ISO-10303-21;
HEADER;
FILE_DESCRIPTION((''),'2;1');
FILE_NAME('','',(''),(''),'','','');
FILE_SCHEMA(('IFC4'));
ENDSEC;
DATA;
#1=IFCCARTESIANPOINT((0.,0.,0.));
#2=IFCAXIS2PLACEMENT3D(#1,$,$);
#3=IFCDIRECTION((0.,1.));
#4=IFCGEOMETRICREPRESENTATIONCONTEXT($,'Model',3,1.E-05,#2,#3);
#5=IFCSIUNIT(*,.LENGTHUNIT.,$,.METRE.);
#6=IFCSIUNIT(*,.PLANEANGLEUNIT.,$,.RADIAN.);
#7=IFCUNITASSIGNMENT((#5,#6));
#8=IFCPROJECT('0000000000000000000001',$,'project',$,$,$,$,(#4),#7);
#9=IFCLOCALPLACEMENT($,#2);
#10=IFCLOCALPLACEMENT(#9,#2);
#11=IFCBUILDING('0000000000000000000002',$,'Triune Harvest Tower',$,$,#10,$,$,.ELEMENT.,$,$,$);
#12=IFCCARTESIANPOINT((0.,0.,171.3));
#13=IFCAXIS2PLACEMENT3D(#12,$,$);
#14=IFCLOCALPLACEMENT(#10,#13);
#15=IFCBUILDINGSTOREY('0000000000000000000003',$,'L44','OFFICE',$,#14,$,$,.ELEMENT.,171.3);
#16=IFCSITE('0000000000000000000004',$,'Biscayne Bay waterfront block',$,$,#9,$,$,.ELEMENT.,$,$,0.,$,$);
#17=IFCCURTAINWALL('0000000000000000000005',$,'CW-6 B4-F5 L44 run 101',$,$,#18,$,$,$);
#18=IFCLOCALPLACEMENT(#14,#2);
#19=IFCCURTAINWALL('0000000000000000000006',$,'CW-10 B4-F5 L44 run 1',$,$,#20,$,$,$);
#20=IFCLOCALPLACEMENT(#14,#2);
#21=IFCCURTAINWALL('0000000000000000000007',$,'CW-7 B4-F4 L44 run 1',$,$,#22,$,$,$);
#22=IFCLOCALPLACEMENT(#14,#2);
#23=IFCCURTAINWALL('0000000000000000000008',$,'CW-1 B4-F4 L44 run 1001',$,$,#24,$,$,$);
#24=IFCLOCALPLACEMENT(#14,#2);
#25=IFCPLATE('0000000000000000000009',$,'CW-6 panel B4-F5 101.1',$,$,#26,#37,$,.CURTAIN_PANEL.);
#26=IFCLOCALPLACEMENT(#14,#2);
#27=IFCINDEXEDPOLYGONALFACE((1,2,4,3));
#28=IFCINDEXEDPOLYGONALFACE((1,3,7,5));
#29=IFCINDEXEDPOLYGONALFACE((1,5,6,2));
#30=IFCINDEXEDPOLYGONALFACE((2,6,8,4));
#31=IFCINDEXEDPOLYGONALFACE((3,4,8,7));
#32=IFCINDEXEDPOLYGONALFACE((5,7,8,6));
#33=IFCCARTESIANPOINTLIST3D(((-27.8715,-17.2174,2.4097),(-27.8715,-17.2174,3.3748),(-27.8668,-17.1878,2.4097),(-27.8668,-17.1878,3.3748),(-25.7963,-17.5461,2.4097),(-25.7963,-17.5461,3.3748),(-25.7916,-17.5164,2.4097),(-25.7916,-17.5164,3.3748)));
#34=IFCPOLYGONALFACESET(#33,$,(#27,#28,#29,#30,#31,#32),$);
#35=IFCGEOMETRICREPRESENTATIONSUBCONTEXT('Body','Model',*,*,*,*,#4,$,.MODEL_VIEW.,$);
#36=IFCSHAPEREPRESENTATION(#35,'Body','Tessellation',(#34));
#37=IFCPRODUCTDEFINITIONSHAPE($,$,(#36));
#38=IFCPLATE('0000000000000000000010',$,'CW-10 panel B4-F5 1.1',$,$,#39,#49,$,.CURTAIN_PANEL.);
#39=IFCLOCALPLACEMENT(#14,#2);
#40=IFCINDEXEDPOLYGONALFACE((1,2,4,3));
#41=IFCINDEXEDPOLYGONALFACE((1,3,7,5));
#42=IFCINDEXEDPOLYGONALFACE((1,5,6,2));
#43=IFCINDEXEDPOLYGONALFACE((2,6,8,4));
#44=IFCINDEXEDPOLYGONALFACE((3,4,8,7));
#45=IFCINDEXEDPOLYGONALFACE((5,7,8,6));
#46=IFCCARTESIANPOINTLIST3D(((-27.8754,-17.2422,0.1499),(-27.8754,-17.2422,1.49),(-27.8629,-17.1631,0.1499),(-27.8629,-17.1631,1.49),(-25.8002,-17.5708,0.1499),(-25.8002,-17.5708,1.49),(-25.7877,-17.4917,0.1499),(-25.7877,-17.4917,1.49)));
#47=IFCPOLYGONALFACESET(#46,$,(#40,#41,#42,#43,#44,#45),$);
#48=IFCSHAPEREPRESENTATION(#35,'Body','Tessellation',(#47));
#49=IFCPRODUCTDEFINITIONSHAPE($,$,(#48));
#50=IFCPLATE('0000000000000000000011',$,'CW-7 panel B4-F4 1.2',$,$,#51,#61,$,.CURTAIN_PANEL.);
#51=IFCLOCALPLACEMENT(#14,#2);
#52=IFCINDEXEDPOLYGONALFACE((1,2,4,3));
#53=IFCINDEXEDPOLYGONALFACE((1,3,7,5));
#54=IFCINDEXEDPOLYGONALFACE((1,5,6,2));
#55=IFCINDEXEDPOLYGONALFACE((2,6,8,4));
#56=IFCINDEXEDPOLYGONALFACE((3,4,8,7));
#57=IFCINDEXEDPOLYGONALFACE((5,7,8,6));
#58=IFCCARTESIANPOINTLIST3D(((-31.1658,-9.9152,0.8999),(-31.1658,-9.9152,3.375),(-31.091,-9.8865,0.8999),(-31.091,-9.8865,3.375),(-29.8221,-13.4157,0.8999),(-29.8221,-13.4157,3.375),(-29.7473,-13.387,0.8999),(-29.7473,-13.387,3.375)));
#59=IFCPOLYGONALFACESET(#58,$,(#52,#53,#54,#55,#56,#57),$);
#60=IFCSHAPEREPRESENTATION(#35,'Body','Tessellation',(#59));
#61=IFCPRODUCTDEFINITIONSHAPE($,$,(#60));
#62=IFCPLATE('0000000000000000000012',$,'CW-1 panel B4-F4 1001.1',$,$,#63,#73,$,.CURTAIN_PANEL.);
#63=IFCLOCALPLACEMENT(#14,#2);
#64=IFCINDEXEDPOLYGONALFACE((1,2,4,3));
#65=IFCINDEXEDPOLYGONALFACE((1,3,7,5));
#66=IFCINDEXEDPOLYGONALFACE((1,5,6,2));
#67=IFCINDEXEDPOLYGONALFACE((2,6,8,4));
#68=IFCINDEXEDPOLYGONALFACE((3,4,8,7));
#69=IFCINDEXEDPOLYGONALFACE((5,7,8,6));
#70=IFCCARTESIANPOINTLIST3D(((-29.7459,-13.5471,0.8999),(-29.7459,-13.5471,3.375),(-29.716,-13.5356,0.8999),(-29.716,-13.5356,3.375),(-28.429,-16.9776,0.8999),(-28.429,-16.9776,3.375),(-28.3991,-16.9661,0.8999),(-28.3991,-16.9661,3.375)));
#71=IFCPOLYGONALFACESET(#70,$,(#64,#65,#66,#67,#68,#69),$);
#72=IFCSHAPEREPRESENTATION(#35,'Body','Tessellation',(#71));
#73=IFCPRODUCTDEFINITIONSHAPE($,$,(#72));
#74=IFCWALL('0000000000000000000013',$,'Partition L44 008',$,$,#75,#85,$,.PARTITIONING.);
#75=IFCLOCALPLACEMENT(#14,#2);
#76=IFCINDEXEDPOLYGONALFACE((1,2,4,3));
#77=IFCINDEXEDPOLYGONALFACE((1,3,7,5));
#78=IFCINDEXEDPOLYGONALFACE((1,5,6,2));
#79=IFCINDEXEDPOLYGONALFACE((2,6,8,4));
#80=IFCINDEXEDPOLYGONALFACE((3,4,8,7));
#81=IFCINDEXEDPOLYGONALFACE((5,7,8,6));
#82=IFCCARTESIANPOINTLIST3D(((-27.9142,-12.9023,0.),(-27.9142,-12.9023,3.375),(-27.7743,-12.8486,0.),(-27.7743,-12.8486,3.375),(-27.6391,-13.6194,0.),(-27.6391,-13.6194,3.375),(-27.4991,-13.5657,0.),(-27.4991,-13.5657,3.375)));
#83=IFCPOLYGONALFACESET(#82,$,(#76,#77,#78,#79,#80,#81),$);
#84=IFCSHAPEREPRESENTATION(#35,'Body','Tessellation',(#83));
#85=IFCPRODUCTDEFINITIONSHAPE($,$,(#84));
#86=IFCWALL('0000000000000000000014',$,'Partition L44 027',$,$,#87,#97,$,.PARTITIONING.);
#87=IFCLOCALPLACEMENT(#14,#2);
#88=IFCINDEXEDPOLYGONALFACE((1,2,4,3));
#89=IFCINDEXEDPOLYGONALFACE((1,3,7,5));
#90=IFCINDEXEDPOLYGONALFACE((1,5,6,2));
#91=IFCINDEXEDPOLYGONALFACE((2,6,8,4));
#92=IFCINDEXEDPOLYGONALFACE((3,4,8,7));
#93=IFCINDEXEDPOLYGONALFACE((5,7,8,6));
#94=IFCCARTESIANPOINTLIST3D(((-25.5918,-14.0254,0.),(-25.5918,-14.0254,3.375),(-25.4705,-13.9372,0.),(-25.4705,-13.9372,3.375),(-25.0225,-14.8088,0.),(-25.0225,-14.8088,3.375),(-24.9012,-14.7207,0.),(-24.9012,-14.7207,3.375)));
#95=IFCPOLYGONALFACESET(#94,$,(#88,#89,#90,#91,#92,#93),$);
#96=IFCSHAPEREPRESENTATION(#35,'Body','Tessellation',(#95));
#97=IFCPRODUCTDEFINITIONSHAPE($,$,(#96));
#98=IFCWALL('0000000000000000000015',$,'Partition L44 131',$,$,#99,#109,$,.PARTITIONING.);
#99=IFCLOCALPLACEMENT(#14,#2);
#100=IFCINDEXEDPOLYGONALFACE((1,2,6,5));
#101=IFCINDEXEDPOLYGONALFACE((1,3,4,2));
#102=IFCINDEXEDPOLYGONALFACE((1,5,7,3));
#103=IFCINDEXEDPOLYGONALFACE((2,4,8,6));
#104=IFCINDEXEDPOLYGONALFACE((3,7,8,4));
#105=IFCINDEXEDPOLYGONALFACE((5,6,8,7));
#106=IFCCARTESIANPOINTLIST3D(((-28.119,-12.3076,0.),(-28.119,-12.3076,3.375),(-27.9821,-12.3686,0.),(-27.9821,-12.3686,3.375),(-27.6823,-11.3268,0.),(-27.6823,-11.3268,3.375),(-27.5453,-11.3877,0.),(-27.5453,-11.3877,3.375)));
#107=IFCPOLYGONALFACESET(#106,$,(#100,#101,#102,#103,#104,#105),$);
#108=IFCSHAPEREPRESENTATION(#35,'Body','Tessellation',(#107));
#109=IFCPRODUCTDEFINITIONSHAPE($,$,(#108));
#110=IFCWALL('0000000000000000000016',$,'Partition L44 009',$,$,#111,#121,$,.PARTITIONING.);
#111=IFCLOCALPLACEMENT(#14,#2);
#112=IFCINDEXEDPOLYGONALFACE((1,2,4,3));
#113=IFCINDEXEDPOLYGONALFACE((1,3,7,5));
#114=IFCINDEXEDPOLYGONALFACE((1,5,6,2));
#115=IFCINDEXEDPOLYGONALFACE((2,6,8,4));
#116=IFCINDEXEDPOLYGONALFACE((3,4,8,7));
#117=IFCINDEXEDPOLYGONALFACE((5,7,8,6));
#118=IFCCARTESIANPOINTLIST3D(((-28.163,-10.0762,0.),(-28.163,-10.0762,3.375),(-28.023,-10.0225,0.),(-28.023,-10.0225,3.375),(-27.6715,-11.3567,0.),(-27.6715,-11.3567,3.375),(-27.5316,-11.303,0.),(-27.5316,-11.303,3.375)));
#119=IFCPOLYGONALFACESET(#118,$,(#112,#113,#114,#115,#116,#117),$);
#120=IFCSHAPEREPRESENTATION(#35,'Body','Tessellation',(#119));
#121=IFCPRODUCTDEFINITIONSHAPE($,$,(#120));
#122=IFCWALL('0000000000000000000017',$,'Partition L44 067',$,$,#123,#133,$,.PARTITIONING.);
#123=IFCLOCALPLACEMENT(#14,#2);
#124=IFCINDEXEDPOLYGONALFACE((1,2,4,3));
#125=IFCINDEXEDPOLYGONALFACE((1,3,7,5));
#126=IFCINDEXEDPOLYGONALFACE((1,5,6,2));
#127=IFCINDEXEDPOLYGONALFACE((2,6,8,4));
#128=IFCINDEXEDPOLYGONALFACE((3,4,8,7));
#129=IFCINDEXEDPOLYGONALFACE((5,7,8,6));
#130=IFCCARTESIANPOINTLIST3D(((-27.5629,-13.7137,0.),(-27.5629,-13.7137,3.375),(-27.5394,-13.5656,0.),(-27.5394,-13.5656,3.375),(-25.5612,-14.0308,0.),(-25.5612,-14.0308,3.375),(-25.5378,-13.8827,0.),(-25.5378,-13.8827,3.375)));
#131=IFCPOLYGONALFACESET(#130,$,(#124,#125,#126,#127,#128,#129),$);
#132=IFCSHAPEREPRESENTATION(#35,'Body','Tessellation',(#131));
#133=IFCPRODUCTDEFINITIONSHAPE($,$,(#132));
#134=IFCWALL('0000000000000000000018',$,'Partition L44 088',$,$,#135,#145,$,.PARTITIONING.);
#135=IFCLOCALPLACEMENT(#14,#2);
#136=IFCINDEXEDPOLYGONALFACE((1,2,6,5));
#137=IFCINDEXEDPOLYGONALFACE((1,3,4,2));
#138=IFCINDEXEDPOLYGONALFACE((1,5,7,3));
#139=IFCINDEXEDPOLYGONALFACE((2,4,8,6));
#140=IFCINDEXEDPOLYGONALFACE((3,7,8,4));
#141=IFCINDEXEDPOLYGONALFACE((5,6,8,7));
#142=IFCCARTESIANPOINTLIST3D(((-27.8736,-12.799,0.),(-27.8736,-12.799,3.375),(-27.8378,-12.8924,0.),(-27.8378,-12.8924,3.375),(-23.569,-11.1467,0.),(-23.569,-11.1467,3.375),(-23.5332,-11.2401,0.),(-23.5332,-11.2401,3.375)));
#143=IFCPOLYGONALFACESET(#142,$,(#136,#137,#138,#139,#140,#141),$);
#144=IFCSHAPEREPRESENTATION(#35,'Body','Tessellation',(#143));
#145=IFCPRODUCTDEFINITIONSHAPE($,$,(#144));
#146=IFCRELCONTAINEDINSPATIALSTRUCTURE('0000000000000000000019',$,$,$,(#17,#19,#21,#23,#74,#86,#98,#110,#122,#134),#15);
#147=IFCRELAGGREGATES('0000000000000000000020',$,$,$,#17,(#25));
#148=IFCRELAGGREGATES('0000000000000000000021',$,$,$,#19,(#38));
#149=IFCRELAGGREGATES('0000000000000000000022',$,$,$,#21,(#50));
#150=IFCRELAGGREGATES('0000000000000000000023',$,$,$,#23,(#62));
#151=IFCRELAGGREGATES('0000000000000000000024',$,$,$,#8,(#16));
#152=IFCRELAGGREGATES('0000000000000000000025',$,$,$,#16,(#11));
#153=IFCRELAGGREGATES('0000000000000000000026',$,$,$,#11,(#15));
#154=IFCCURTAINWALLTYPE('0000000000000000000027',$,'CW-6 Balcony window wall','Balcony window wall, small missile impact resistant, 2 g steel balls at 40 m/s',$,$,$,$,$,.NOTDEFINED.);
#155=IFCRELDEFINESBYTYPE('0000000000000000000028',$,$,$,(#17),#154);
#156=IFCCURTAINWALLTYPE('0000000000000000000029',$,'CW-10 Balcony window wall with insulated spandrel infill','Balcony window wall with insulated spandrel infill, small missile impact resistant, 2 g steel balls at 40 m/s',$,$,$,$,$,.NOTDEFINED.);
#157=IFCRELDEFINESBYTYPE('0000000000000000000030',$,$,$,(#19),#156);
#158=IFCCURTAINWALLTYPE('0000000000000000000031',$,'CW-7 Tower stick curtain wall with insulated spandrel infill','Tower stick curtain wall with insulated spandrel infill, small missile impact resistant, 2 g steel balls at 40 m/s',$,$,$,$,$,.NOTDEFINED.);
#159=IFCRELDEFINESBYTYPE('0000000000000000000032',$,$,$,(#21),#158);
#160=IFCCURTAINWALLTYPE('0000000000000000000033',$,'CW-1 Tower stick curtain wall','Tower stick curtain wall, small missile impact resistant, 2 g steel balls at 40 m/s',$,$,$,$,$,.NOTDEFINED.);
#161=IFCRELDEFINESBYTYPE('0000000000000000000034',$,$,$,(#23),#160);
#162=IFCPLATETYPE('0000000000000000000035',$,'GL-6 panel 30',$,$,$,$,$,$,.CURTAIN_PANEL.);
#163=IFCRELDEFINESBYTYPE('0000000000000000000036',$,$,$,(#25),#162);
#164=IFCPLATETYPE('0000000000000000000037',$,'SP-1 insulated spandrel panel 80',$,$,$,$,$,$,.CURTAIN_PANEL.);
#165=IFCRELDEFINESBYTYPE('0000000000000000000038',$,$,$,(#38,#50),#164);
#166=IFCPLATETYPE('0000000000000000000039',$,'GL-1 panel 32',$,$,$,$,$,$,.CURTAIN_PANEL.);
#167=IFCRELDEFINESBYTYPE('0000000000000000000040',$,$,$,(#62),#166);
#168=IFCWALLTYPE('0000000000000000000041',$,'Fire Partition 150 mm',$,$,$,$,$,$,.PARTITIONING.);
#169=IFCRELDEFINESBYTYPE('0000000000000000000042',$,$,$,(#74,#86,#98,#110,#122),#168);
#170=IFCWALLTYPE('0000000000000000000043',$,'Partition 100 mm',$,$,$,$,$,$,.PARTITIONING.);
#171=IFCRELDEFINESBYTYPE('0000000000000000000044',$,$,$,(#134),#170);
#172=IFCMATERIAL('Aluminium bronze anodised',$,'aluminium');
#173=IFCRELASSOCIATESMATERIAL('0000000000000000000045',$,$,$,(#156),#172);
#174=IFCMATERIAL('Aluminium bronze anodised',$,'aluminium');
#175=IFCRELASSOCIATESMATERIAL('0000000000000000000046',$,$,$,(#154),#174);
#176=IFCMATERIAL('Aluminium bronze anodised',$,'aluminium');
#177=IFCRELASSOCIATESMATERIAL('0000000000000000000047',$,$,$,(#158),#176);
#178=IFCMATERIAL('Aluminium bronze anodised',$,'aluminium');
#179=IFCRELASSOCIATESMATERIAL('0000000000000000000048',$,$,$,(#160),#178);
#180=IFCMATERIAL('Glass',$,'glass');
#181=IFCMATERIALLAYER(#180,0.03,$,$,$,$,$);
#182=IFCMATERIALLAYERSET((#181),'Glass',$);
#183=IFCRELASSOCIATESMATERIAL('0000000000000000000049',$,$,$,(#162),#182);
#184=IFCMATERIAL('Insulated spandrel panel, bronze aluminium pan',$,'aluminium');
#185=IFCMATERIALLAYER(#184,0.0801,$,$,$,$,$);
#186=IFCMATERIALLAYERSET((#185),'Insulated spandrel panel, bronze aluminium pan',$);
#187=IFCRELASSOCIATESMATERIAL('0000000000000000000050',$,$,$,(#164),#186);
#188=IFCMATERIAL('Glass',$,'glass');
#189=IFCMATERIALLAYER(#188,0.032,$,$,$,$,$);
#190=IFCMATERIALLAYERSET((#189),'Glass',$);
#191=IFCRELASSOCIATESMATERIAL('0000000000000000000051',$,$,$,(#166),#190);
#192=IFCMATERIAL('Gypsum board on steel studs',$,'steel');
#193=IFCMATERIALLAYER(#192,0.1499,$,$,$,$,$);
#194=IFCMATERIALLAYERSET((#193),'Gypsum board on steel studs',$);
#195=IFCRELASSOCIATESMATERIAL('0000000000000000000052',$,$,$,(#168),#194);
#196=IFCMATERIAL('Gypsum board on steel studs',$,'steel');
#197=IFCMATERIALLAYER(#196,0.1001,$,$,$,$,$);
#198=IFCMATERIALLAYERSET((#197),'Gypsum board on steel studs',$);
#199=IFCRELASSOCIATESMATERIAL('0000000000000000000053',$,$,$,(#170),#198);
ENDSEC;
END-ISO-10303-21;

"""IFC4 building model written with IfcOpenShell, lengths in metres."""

from ifc_helpers import new_model, si_unit, direction, frame, frame_2d, origin, origin_2d, place, context, subcontext, project, spatial, rectangle, extrude, source, transform, mapped, material, layer, layer_set, type_object, element, aggregate, save


model = new_model("IFC4")

# Units and contexts
model_context = context("Model", 3, precision=1e-05, world=origin(), true_north=direction((0.0, 1.0)))
body_context = subcontext(model_context, "Body", "Model", "MODEL_VIEW")
ifc_project = project(units=[si_unit("LENGTHUNIT", "METRE"), si_unit("PLANEANGLEUNIT", "RADIAN")], contexts=[model_context])

# Site, building, storey
site_placement = place(None, origin())
site = spatial("IfcSite", under=ifc_project, at=site_placement, Name="Biscayne Bay waterfront block", CompositionType="ELEMENT", RefElevation=0.0)
building_placement = place(site_placement, origin())
building = spatial("IfcBuilding", under=site, at=building_placement, Name="Triune Harvest Tower", CompositionType="ELEMENT")
storey_placement = place(building_placement, frame((0.0, 0.0, 171.3)))
storey = spatial("IfcBuildingStorey", under=building, at=storey_placement, Name="L44", Description="OFFICE", CompositionType="ELEMENT", Elevation=171.3)

# Shared definitions
ifc_material_1 = material(Name="Aluminium bronze anodised", Category="aluminium")
curtain_wall_type_1 = type_object("IfcCurtainWallType", Name="CW-10 Balcony window wall with insulated spandrel infill", Description="Balcony window wall with insulated spandrel infill, small missile impact resistant, 2 g steel balls at 40 m/s", PredefinedType="NOTDEFINED", material=ifc_material_1)

# Curtain walls
ifc_material_2 = material(Name="Aluminium bronze anodised", Category="aluminium")
curtain_wall_type_2 = type_object("IfcCurtainWallType", Name="CW-6 Balcony window wall", Description="Balcony window wall, small missile impact resistant, 2 g steel balls at 40 m/s", PredefinedType="NOTDEFINED", material=ifc_material_2)
curtain_wall_1_placement = place(storey_placement, origin())
curtain_wall_1 = element("IfcCurtainWall", 1, at=curtain_wall_1_placement, inside=storey, type_object=curtain_wall_type_2, Name="CW-6 B4-F5 L44 run 101")
curtain_wall_2_placement = place(storey_placement, origin())
curtain_wall_2 = element("IfcCurtainWall", 2, at=curtain_wall_2_placement, inside=storey, type_object=curtain_wall_type_1, Name="CW-10 B4-F5 L44 run 1")

# Curtain wall
ifc_material_3 = material(Name="Aluminium bronze anodised", Category="aluminium")
curtain_wall_type_3 = type_object("IfcCurtainWallType", Name="CW-7 Tower stick curtain wall with insulated spandrel infill", Description="Tower stick curtain wall with insulated spandrel infill, small missile impact resistant, 2 g steel balls at 40 m/s", PredefinedType="NOTDEFINED", material=ifc_material_3)
curtain_wall_3_placement = place(storey_placement, origin())
curtain_wall_3 = element("IfcCurtainWall", 3, at=curtain_wall_3_placement, inside=storey, type_object=curtain_wall_type_3, Name="CW-7 B4-F4 L44 run 1")

# Curtain wall
ifc_material_4 = material(Name="Aluminium bronze anodised", Category="aluminium")
curtain_wall_type_4 = type_object("IfcCurtainWallType", Name="CW-1 Tower stick curtain wall", Description="Tower stick curtain wall, small missile impact resistant, 2 g steel balls at 40 m/s", PredefinedType="NOTDEFINED", material=ifc_material_4)
curtain_wall_4_placement = place(storey_placement, origin())
curtain_wall_4 = element("IfcCurtainWall", 4, at=curtain_wall_4_placement, inside=storey, type_object=curtain_wall_type_4, Name="CW-1 B4-F4 L44 run 1001")

# Plates
ifc_material_5 = material(Name="Glass", Category="glass")
ifc_layer_1 = layer(ifc_material_5, 0.03)
ifc_layer_set_1 = layer_set([ifc_layer_1], Name="Glass")
plate_type_1 = type_object("IfcPlateType", Name="GL-6 panel 30", PredefinedType="CURTAIN_PANEL", material=ifc_layer_set_1)
plate_1_placement = place(storey_placement, frame((-26.8315, -17.3669, 2.4097), z_axis=(0.0, 0.0, 1.0), x_axis=(0.987691, -0.156419, 0.0)))
plate_1 = element("IfcPlate", 5, at=plate_1_placement, type_object=plate_type_1, Name="CW-6 panel B4-F5 101.1", PredefinedType="CURTAIN_PANEL", context=body_context, shape_type="SweptSolid", body=[
    extrude(rectangle(XDim=2.1011, YDim=0.03, at=origin_2d()), origin(), (0.0, 0.0, 1.0), 0.9651),
])
aggregate(curtain_wall_1, [plate_1])
ifc_material_6 = material(Name="Insulated spandrel panel, bronze aluminium pan", Category="aluminium")
ifc_layer_2 = layer(ifc_material_6, 0.0801)
ifc_layer_set_2 = layer_set([ifc_layer_2], Name="Insulated spandrel panel, bronze aluminium pan")
plate_type_2 = type_object("IfcPlateType", Name="SP-1 insulated spandrel panel 80", PredefinedType="CURTAIN_PANEL", material=ifc_layer_set_2)
plate_2_placement = place(storey_placement, frame((-26.8315, -17.3669, 0.1499), z_axis=(0.0, 0.0, 1.0), x_axis=(0.987691, -0.156419, 0.0)))
plate_2 = element("IfcPlate", 6, at=plate_2_placement, type_object=plate_type_2, Name="CW-10 panel B4-F5 1.1", PredefinedType="CURTAIN_PANEL", context=body_context, shape_type="SweptSolid", body=[
    extrude(rectangle(XDim=2.1011, YDim=0.0801, at=origin_2d()), origin(), (0.0, 0.0, 1.0), 1.3401),
])
aggregate(curtain_wall_2, [plate_2])
shared_shape_1 = source(origin(), body_context, "Body", "SweptSolid", [
    extrude(rectangle(XDim=3.7495, YDim=0.0801, at=origin_2d()), origin(), (0.0, 0.0, 1.0), 2.4751),
])
plate_3_placement = place(storey_placement, frame((-30.4565, -11.6511, 0.8999), z_axis=(0.0, 0.0, 1.0), x_axis=(0.358362, -0.933583, 0.0)))
plate_3 = element("IfcPlate", 7, at=plate_3_placement, type_object=plate_type_2, Name="CW-7 panel B4-F4 1.2", PredefinedType="CURTAIN_PANEL", context=body_context, shape_type="MappedRepresentation", body=[
    mapped(shared_shape_1, transform((0.0, 0.0, 0.0), scale=1.0)),
])
aggregate(curtain_wall_3, [plate_3])
ifc_material_7 = material(Name="Glass", Category="glass")
ifc_layer_3 = layer(ifc_material_7, 0.032)
ifc_layer_set_3 = layer_set([ifc_layer_3], Name="Glass")
plate_type_3 = type_object("IfcPlateType", Name="GL-1 panel 32", PredefinedType="CURTAIN_PANEL", material=ifc_layer_set_3)
shared_shape_2 = source(origin(), body_context, "Body", "SweptSolid", [
    extrude(rectangle(XDim=3.6746, YDim=0.032, at=origin_2d()), origin(), (0.0, 0.0, 1.0), 2.4751),
])
plate_4_placement = place(storey_placement, frame((-29.0725, -15.2566, 0.8999), z_axis=(0.0, 0.0, 1.0), x_axis=(0.358384, -0.933574, 0.0)))
plate_4 = element("IfcPlate", 8, at=plate_4_placement, type_object=plate_type_3, Name="CW-1 panel B4-F4 1001.1", PredefinedType="CURTAIN_PANEL", context=body_context, shape_type="MappedRepresentation", body=[
    mapped(shared_shape_2, transform((0.0, 0.0, 0.0), scale=1.0)),
])
aggregate(curtain_wall_4, [plate_4])

# Walls
ifc_material_8 = material(Name="Gypsum board on steel studs", Category="steel")
ifc_layer_4 = layer(ifc_material_8, 0.1499)
ifc_layer_set_4 = layer_set([ifc_layer_4], Name="Gypsum board on steel studs")
wall_type_1 = type_object("IfcWallType", Name="Fire Partition 150 mm", PredefinedType="PARTITIONING", material=ifc_layer_set_4)
wall_1_placement = place(storey_placement, frame((-27.8442, -12.8755, 0.0), z_axis=(0.0, 0.0, 1.0), x_axis=(0.358255, -0.933624, 0.0)))
element("IfcWall", 9, at=wall_1_placement, inside=storey, type_object=wall_type_1, Name="Partition L44 008", PredefinedType="PARTITIONING", context=body_context, shape_type="SweptSolid", body=[
    extrude(rectangle(XDim=0.7681, YDim=0.1499, at=frame_2d((0.384, 0.0))), origin(), (0.0, 0.0, 1.0), 3.375),
])
wall_2_placement = place(storey_placement, frame((-25.5312, -13.9812, 0.0), z_axis=(0.0, 0.0, 1.0), x_axis=(0.587872, -0.808954, 0.0)))
element("IfcWall", 10, at=wall_2_placement, inside=storey, type_object=wall_type_1, Name="Partition L44 027", PredefinedType="PARTITIONING", context=body_context, shape_type="SweptSolid", body=[
    extrude(rectangle(XDim=0.9685, YDim=0.1499, at=frame_2d((0.4844, 0.0))), origin(), (0.0, 0.0, 1.0), 3.375),
])
wall_3_placement = place(storey_placement, frame((-28.0505, -12.3381, 0.0), z_axis=(0.0, 0.0, 1.0), x_axis=(0.40675, 0.913539, 0.0)))
element("IfcWall", 11, at=wall_3_placement, inside=storey, type_object=wall_type_1, Name="Partition L44 131", PredefinedType="PARTITIONING", context=body_context, shape_type="SweptSolid", body=[
    extrude(rectangle(XDim=1.0737, YDim=0.1499, at=frame_2d((0.5369, 0.0))), origin(), (0.0, 0.0, 1.0), 3.375),
])
shared_shape_3 = source(origin(), body_context, "Body", "SweptSolid", [
    extrude(rectangle(XDim=1.3716, YDim=0.1499, at=frame_2d((0.6858, 0.0))), origin(), (0.0, 0.0, 1.0), 3.375),
])
wall_4_placement = place(storey_placement, frame((-28.093, -10.0493, 0.0), z_axis=(0.0, 0.0, 1.0), x_axis=(0.358311, -0.933602, 0.0)))
element("IfcWall", 12, at=wall_4_placement, inside=storey, type_object=wall_type_1, Name="Partition L44 009", PredefinedType="PARTITIONING", context=body_context, shape_type="MappedRepresentation", body=[
    mapped(shared_shape_3, transform((0.0, 0.0, 0.0), scale=1.0)),
])
shared_shape_4 = source(origin(), body_context, "Body", "SweptSolid", [
    extrude(rectangle(XDim=2.0266, YDim=0.1499, at=frame_2d((1.0132, 0.0))), origin(), (0.0, 0.0, 1.0), 3.375),
])
wall_5_placement = place(storey_placement, frame((-27.551, -13.6396, 0.0), z_axis=(0.0, 0.0, 1.0), x_axis=(0.987681, -0.156482, 0.0)))
element("IfcWall", 13, at=wall_5_placement, inside=storey, type_object=wall_type_1, Name="Partition L44 067", PredefinedType="PARTITIONING", context=body_context, shape_type="MappedRepresentation", body=[
    mapped(shared_shape_4, transform((0.0, 0.0, 0.0), scale=1.0)),
])
ifc_material_9 = material(Name="Gypsum board on steel studs", Category="steel")
ifc_layer_5 = layer(ifc_material_9, 0.1001)
ifc_layer_set_5 = layer_set([ifc_layer_5], Name="Gypsum board on steel studs")
wall_type_2 = type_object("IfcWallType", Name="Partition 100 mm", PredefinedType="PARTITIONING", material=ifc_layer_set_5)
shared_shape_5 = source(origin(), body_context, "Body", "SweptSolid", [
    extrude(rectangle(XDim=4.6108, YDim=0.1001, at=frame_2d((2.3054, 0.0))), origin(), (0.0, 0.0, 1.0), 3.375),
])
wall_6_placement = place(storey_placement, frame((-27.8557, -12.8457, 0.0), z_axis=(0.0, 0.0, 1.0), x_axis=(0.933586, 0.358355, 0.0)))
element("IfcWall", 14, at=wall_6_placement, inside=storey, type_object=wall_type_2, Name="Partition L44 088", PredefinedType="PARTITIONING", context=body_context, shape_type="MappedRepresentation", body=[
    mapped(shared_shape_5, transform((0.0, 0.0, 0.0), scale=1.0)),
])

save(model, "model.ifc")
